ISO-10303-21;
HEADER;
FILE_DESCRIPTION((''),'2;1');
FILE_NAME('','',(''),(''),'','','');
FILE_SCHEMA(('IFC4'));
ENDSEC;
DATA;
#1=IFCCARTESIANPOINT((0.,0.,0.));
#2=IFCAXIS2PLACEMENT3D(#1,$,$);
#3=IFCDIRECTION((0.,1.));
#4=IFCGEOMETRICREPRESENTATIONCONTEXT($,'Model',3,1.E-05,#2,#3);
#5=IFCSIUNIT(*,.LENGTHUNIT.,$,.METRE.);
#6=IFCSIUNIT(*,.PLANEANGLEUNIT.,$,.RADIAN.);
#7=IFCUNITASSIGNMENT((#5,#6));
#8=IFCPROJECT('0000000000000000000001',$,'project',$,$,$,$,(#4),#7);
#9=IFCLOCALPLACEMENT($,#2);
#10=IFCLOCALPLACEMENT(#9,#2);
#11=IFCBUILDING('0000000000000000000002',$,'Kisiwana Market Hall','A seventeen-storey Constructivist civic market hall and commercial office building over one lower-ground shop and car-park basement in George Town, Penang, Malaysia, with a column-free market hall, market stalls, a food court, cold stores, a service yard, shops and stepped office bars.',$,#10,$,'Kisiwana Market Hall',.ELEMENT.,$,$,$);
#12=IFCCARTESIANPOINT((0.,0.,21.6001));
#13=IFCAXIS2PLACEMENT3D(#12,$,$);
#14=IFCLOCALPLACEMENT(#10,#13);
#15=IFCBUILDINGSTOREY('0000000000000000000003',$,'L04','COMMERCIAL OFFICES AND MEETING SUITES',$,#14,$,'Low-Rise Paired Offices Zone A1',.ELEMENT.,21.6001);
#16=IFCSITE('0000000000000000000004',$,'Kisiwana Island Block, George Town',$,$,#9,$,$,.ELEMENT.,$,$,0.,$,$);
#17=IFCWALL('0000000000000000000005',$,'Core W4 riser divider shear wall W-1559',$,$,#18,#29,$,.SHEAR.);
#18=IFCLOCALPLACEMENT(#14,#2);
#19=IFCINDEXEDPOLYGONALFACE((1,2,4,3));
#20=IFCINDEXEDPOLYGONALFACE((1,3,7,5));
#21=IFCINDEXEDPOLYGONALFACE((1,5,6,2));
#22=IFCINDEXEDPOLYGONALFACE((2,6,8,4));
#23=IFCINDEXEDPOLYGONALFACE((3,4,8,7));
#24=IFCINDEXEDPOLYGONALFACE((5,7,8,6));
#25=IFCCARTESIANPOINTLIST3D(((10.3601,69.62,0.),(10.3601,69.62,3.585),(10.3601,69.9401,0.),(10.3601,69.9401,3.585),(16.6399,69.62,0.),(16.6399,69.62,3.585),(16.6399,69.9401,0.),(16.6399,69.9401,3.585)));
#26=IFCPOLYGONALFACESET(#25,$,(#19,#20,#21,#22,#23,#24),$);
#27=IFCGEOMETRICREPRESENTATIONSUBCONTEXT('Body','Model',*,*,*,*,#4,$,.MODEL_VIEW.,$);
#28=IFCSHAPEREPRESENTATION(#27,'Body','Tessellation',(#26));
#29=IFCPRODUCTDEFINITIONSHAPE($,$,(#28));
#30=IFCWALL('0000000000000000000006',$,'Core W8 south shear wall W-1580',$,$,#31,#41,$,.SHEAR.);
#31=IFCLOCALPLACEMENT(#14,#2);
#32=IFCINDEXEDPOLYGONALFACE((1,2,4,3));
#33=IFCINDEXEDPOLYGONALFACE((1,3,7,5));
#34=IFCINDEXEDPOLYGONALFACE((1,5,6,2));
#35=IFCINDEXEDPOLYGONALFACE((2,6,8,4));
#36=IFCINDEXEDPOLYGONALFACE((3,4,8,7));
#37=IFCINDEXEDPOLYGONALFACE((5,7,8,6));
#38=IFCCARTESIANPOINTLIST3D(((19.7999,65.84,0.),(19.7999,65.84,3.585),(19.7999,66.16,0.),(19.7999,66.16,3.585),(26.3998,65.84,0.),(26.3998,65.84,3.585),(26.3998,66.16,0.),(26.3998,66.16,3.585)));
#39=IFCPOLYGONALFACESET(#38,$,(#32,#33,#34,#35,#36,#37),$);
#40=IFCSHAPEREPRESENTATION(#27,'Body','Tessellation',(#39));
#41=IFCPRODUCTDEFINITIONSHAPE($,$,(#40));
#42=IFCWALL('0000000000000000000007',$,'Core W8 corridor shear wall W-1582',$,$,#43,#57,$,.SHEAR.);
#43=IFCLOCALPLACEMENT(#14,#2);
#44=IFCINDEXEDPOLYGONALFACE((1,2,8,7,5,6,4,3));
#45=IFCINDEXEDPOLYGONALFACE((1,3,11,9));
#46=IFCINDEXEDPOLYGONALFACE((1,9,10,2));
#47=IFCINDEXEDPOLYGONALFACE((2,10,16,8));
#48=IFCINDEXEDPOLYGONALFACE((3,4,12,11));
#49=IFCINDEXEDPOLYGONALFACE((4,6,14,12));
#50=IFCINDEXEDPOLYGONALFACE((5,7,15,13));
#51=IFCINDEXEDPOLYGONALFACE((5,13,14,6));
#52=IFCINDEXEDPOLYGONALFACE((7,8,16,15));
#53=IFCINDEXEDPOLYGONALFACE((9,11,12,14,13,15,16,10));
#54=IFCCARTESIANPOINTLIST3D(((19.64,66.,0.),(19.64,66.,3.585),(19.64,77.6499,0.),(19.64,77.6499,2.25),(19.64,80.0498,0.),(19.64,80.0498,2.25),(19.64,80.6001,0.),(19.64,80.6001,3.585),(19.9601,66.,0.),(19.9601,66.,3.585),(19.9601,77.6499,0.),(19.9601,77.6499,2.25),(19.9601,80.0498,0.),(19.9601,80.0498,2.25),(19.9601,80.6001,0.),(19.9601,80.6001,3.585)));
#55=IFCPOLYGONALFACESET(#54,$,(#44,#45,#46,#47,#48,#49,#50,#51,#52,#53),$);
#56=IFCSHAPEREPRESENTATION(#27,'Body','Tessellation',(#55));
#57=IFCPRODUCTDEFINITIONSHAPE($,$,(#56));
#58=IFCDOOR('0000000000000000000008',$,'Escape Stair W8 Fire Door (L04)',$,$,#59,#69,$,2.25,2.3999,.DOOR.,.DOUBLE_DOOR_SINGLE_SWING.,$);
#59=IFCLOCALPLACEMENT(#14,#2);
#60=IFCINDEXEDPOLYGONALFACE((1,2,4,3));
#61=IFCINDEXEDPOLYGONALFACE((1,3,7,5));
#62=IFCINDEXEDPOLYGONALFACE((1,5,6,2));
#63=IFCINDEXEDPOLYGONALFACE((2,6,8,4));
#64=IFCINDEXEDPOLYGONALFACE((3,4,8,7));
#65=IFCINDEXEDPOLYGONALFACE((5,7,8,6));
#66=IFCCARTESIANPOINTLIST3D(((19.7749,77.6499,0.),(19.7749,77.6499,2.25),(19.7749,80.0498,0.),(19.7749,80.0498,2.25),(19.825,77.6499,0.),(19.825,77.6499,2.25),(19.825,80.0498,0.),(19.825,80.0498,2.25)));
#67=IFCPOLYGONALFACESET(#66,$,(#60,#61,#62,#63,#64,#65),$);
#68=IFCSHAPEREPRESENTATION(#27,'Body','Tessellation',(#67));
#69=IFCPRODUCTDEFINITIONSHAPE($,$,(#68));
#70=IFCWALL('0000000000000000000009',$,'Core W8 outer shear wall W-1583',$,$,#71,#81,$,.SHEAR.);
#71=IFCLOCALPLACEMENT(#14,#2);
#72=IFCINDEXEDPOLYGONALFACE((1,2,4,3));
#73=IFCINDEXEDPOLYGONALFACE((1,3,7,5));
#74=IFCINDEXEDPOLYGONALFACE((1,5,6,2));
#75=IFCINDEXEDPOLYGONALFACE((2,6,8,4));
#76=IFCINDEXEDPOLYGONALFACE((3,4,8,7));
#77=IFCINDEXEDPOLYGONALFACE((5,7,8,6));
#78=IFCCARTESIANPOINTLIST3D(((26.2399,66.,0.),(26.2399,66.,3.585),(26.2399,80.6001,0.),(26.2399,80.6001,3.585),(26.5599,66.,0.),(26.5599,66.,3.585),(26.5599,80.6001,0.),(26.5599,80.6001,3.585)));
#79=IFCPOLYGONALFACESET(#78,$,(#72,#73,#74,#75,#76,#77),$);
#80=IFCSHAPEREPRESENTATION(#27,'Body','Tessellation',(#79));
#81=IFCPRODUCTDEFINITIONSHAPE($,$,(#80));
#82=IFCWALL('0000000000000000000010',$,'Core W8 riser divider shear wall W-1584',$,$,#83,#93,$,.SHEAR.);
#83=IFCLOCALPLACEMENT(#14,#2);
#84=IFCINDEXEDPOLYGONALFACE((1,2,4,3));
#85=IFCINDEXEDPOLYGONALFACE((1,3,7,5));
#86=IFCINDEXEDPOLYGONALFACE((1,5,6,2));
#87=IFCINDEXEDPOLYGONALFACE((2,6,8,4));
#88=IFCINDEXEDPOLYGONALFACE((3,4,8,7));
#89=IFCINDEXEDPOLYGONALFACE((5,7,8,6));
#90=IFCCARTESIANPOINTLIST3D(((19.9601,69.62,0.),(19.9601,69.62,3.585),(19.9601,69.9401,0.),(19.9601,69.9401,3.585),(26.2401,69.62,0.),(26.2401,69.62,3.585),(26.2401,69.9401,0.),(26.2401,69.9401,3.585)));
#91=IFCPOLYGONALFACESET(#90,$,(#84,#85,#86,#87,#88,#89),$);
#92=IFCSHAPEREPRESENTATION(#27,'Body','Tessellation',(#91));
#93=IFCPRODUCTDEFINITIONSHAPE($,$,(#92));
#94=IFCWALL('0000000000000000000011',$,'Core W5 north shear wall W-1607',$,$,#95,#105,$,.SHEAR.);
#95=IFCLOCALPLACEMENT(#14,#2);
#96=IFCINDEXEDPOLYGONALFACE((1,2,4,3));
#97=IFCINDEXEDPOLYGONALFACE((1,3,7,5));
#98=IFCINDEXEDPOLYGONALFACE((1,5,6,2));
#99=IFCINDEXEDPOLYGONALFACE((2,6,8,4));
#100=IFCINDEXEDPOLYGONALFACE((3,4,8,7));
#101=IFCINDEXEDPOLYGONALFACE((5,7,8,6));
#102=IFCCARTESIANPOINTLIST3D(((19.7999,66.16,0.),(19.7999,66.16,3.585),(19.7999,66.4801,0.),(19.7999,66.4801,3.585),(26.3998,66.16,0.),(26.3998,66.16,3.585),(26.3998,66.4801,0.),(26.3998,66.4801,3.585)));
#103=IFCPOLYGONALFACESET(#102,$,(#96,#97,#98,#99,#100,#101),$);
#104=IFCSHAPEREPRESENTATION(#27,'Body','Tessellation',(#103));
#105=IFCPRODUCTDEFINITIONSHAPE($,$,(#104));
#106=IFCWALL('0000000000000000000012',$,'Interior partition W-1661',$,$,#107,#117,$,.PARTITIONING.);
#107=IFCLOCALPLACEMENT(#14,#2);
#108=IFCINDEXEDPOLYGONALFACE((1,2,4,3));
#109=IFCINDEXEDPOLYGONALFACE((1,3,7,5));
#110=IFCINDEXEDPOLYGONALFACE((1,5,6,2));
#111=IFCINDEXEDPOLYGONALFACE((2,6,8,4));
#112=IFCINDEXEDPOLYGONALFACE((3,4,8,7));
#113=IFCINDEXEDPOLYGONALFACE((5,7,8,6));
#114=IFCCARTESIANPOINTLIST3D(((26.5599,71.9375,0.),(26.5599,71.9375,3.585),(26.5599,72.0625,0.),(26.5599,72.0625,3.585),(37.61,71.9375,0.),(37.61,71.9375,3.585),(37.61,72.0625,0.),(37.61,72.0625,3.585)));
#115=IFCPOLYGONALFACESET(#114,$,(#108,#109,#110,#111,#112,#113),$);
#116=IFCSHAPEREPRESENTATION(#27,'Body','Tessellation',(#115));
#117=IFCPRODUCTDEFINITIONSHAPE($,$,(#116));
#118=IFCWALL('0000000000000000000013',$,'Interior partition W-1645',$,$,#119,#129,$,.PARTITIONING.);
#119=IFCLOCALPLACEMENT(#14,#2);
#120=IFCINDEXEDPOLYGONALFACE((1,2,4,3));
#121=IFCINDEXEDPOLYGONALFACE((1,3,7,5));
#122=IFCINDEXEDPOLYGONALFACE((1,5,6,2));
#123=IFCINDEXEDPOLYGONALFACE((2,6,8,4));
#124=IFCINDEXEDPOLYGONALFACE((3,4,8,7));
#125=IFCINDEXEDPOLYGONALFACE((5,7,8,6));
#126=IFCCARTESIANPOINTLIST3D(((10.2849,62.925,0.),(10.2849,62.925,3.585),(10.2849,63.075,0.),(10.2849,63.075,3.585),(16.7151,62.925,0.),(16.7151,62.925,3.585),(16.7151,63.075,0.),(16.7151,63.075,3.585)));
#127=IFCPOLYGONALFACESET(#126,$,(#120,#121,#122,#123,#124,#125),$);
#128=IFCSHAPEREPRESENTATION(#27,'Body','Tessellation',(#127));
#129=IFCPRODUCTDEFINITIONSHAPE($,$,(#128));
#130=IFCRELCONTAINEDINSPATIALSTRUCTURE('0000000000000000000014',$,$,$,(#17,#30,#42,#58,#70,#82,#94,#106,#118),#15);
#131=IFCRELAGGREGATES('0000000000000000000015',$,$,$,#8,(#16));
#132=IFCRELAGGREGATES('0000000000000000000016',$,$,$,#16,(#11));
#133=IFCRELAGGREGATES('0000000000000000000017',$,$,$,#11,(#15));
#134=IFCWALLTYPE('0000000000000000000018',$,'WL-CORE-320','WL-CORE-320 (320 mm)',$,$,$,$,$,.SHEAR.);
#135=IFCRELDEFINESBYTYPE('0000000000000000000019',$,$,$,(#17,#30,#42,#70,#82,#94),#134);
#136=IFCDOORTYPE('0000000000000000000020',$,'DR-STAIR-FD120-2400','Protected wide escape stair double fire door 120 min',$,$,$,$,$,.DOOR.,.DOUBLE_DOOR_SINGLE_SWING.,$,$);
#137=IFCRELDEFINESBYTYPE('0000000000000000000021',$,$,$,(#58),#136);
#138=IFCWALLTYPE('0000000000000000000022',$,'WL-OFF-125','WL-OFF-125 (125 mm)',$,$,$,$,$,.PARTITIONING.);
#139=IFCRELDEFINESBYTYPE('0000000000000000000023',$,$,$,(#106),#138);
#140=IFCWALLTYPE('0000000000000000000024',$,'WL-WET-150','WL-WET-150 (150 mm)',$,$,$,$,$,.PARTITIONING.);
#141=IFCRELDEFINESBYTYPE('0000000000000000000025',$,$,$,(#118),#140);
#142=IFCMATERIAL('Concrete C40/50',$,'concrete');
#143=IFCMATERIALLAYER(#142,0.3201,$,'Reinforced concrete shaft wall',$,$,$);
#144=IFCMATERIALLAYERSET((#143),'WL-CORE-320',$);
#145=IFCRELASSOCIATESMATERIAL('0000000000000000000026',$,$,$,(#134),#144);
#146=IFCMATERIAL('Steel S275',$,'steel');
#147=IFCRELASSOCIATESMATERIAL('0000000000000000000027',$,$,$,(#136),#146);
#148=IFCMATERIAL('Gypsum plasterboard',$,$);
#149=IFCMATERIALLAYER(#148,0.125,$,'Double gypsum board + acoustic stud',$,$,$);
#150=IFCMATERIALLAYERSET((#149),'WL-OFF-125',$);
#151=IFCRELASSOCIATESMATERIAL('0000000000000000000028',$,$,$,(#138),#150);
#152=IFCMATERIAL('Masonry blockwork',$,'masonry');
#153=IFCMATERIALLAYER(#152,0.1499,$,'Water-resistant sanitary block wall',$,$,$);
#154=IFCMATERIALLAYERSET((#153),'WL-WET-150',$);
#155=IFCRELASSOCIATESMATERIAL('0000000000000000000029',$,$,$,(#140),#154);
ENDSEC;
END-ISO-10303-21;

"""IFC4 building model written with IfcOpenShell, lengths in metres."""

from ifc_helpers import new_model, si_unit, direction, frame, frame_2d, origin, place, context, subcontext, project, spatial, rectangle, extrude, material, layer, layer_set, type_object, element, fill, save


model = new_model("IFC4")

# Units and contexts
model_context = context("Model", 3, precision=1e-05, world=origin(), true_north=direction((0.0, 1.0)))
body_context = subcontext(model_context, "Body", "Model", "MODEL_VIEW")
ifc_project = project(units=[si_unit("LENGTHUNIT", "METRE"), si_unit("PLANEANGLEUNIT", "RADIAN")], contexts=[model_context])

# Site, building, storey
site_placement = place(None, origin())
site = spatial("IfcSite", under=ifc_project, at=site_placement, Name="Kisiwana Island Block, George Town", CompositionType="ELEMENT", RefElevation=0.0)
building_placement = place(site_placement, origin())
building = spatial("IfcBuilding", under=site, at=building_placement, Name="Kisiwana Market Hall", Description="A seventeen-storey Constructivist civic market hall and commercial office building over one lower-ground shop and car-park basement in George Town, Penang, Malaysia, with a column-free market hall, market stalls, a food court, cold stores, a service yard, shops and stepped office bars.", LongName="Kisiwana Market Hall", CompositionType="ELEMENT")
storey_placement = place(building_placement, frame((0.0, 0.0, 21.6001)))
storey = spatial("IfcBuildingStorey", under=building, at=storey_placement, Name="L04", Description="COMMERCIAL OFFICES AND MEETING SUITES", LongName="Low-Rise Paired Offices Zone A1", CompositionType="ELEMENT", Elevation=21.6001)

# Shared definitions
ifc_material_1 = material(Name="Concrete C40/50", Category="concrete")
ifc_layer_1 = layer(ifc_material_1, 0.3201, Name="Reinforced concrete shaft wall")
ifc_layer_set_1 = layer_set([ifc_layer_1], Name="WL-CORE-320")
wall_type_1 = type_object("IfcWallType", Name="WL-CORE-320", Description="WL-CORE-320 (320 mm)", PredefinedType="SHEAR", material=ifc_layer_set_1)

# Shared definitions
ifc_material_2 = material(Name="Steel S275", Category="steel")
door_type = type_object("IfcDoorType", Name="DR-STAIR-FD120-2400", Description="Protected wide escape stair double fire door 120 min", OperationType="DOUBLE_DOOR_SINGLE_SWING", PredefinedType="DOOR", material=ifc_material_2)

# Walls
wall_1_placement = place(storey_placement, frame((10.3601, 69.78, 0.0), z_axis=(0.0, 0.0, 1.0), x_axis=(1.0, 0.0, 0.0)))
element("IfcWall", 1, at=wall_1_placement, inside=storey, type_object=wall_type_1, Name="Core W4 riser divider shear wall W-1559", PredefinedType="SHEAR", context=body_context, shape_type="SweptSolid", body=[
    extrude(rectangle(XDim=6.2798, YDim=0.3201, at=frame_2d((3.1399, 0.0))), origin(), (0.0, 0.0, 1.0), 3.585),
])
wall_2_placement = place(storey_placement, frame((19.8, 66.0, 0.0), z_axis=(0.0, 0.0, 1.0), x_axis=(1.0, 0.0, 0.0)))
element("IfcWall", 2, at=wall_2_placement, inside=storey, type_object=wall_type_1, Name="Core W8 south shear wall W-1580", PredefinedType="SHEAR", context=body_context, shape_type="SweptSolid", body=[
    extrude(rectangle(XDim=6.5999, YDim=0.3201, at=frame_2d((3.2998, 0.0))), origin(), (0.0, 0.0, 1.0), 3.585),
])

# Wall, opening, door
wall_3_placement = place(storey_placement, frame((19.8, 66.0, 0.0), z_axis=(0.0, 0.0, 1.0), x_axis=(0.0, 1.0, 0.0)))
wall_3 = element("IfcWall", 3, at=wall_3_placement, inside=storey, type_object=wall_type_1, Name="Core W8 corridor shear wall W-1582", PredefinedType="SHEAR", context=body_context, shape_type="SweptSolid", body=[
    extrude(rectangle(XDim=14.6001, YDim=0.3201, at=frame_2d((7.3, 0.0))), origin(), (0.0, 0.0, 1.0), 3.585),
])
opening_1_placement = place(wall_3_placement, frame((11.6499, 0.0, 0.0)))
opening_1 = element("IfcOpeningElement", 4, at=opening_1_placement, cuts=wall_3, PredefinedType="OPENING", context=body_context, shape_type="SweptSolid", body=[
    extrude(rectangle(XDim=2.3999, YDim=2.25, at=frame_2d((1.2, 1.125))), frame((0.0, 0.1719, 0.0), z_axis=(0.0, -1.0, 0.0), x_axis=(1.0, 0.0, 0.0)), (0.0, 0.0, 1.0), 0.344),
])
door_1_placement = place(opening_1_placement, frame((2.3999, 0.0, 0.0), z_axis=(0.0, 0.0, 1.0), x_axis=(-1.0, 0.0, 0.0)))
door_1 = element("IfcDoor", 5, at=door_1_placement, inside=storey, type_object=door_type, Name="Escape Stair W8 Fire Door (L04)", OperationType="DOUBLE_DOOR_SINGLE_SWING", OverallHeight=2.25, OverallWidth=2.3999, PredefinedType="DOOR", context=body_context, shape_type="SweptSolid", body=[
    extrude(rectangle(XDim=2.3999, YDim=2.25, at=frame_2d((1.2, 1.125))), frame((0.0, 0.0249, 0.0), z_axis=(0.0, -1.0, 0.0), x_axis=(1.0, 0.0, 0.0)), (0.0, 0.0, 1.0), 0.05),
])
fill(opening_1, door_1)

# Walls
wall_4_placement = place(storey_placement, frame((26.3999, 66.0, 0.0), z_axis=(0.0, 0.0, 1.0), x_axis=(0.0, 1.0, 0.0)))
element("IfcWall", 6, at=wall_4_placement, inside=storey, type_object=wall_type_1, Name="Core W8 outer shear wall W-1583", PredefinedType="SHEAR", context=body_context, shape_type="SweptSolid", body=[
    extrude(rectangle(XDim=14.6001, YDim=0.3201, at=frame_2d((7.3, 0.0))), origin(), (0.0, 0.0, 1.0), 3.585),
])
wall_5_placement = place(storey_placement, frame((19.96, 69.78, 0.0), z_axis=(0.0, 0.0, 1.0), x_axis=(1.0, 0.0, 0.0)))
element("IfcWall", 7, at=wall_5_placement, inside=storey, type_object=wall_type_1, Name="Core W8 riser divider shear wall W-1584", PredefinedType="SHEAR", context=body_context, shape_type="SweptSolid", body=[
    extrude(rectangle(XDim=6.28, YDim=0.3201, at=frame_2d((3.1401, 0.0))), origin(), (0.0, 0.0, 1.0), 3.585),
])
wall_6_placement = place(storey_placement, frame((19.8, 66.3201, 0.0), z_axis=(0.0, 0.0, 1.0), x_axis=(1.0, 0.0, 0.0)))
element("IfcWall", 8, at=wall_6_placement, inside=storey, type_object=wall_type_1, Name="Core W5 north shear wall W-1607", PredefinedType="SHEAR", context=body_context, shape_type="SweptSolid", body=[
    extrude(rectangle(XDim=6.5999, YDim=0.3201, at=frame_2d((3.2998, 0.0))), origin(), (0.0, 0.0, 1.0), 3.585),
])
ifc_material_3 = material(Name="Gypsum plasterboard")
ifc_layer_2 = layer(ifc_material_3, 0.125, Name="Double gypsum board + acoustic stud")
ifc_layer_set_2 = layer_set([ifc_layer_2], Name="WL-OFF-125")
wall_type_2 = type_object("IfcWallType", Name="WL-OFF-125", Description="WL-OFF-125 (125 mm)", PredefinedType="PARTITIONING", material=ifc_layer_set_2)
wall_7_placement = place(storey_placement, frame((26.5601, 72.0, 0.0), z_axis=(0.0, 0.0, 1.0), x_axis=(1.0, 0.0, 0.0)))
element("IfcWall", 9, at=wall_7_placement, inside=storey, type_object=wall_type_2, Name="Interior partition W-1661", PredefinedType="PARTITIONING", context=body_context, shape_type="SweptSolid", body=[
    extrude(rectangle(XDim=11.05, YDim=0.125, at=frame_2d((5.5249, 0.0))), origin(), (0.0, 0.0, 1.0), 3.585),
])
ifc_material_4 = material(Name="Masonry blockwork", Category="masonry")
ifc_layer_3 = layer(ifc_material_4, 0.1499, Name="Water-resistant sanitary block wall")
ifc_layer_set_3 = layer_set([ifc_layer_3], Name="WL-WET-150")
wall_type_3 = type_object("IfcWallType", Name="WL-WET-150", Description="WL-WET-150 (150 mm)", PredefinedType="PARTITIONING", material=ifc_layer_set_3)
wall_8_placement = place(storey_placement, frame((10.2849, 63.0, 0.0), z_axis=(0.0, 0.0, 1.0), x_axis=(1.0, 0.0, 0.0)))
element("IfcWall", 10, at=wall_8_placement, inside=storey, type_object=wall_type_3, Name="Interior partition W-1645", PredefinedType="PARTITIONING", context=body_context, shape_type="SweptSolid", body=[
    extrude(rectangle(XDim=6.4302, YDim=0.1499, at=frame_2d((3.2151, 0.0))), origin(), (0.0, 0.0, 1.0), 3.585),
])

save(model, "model.ifc")
